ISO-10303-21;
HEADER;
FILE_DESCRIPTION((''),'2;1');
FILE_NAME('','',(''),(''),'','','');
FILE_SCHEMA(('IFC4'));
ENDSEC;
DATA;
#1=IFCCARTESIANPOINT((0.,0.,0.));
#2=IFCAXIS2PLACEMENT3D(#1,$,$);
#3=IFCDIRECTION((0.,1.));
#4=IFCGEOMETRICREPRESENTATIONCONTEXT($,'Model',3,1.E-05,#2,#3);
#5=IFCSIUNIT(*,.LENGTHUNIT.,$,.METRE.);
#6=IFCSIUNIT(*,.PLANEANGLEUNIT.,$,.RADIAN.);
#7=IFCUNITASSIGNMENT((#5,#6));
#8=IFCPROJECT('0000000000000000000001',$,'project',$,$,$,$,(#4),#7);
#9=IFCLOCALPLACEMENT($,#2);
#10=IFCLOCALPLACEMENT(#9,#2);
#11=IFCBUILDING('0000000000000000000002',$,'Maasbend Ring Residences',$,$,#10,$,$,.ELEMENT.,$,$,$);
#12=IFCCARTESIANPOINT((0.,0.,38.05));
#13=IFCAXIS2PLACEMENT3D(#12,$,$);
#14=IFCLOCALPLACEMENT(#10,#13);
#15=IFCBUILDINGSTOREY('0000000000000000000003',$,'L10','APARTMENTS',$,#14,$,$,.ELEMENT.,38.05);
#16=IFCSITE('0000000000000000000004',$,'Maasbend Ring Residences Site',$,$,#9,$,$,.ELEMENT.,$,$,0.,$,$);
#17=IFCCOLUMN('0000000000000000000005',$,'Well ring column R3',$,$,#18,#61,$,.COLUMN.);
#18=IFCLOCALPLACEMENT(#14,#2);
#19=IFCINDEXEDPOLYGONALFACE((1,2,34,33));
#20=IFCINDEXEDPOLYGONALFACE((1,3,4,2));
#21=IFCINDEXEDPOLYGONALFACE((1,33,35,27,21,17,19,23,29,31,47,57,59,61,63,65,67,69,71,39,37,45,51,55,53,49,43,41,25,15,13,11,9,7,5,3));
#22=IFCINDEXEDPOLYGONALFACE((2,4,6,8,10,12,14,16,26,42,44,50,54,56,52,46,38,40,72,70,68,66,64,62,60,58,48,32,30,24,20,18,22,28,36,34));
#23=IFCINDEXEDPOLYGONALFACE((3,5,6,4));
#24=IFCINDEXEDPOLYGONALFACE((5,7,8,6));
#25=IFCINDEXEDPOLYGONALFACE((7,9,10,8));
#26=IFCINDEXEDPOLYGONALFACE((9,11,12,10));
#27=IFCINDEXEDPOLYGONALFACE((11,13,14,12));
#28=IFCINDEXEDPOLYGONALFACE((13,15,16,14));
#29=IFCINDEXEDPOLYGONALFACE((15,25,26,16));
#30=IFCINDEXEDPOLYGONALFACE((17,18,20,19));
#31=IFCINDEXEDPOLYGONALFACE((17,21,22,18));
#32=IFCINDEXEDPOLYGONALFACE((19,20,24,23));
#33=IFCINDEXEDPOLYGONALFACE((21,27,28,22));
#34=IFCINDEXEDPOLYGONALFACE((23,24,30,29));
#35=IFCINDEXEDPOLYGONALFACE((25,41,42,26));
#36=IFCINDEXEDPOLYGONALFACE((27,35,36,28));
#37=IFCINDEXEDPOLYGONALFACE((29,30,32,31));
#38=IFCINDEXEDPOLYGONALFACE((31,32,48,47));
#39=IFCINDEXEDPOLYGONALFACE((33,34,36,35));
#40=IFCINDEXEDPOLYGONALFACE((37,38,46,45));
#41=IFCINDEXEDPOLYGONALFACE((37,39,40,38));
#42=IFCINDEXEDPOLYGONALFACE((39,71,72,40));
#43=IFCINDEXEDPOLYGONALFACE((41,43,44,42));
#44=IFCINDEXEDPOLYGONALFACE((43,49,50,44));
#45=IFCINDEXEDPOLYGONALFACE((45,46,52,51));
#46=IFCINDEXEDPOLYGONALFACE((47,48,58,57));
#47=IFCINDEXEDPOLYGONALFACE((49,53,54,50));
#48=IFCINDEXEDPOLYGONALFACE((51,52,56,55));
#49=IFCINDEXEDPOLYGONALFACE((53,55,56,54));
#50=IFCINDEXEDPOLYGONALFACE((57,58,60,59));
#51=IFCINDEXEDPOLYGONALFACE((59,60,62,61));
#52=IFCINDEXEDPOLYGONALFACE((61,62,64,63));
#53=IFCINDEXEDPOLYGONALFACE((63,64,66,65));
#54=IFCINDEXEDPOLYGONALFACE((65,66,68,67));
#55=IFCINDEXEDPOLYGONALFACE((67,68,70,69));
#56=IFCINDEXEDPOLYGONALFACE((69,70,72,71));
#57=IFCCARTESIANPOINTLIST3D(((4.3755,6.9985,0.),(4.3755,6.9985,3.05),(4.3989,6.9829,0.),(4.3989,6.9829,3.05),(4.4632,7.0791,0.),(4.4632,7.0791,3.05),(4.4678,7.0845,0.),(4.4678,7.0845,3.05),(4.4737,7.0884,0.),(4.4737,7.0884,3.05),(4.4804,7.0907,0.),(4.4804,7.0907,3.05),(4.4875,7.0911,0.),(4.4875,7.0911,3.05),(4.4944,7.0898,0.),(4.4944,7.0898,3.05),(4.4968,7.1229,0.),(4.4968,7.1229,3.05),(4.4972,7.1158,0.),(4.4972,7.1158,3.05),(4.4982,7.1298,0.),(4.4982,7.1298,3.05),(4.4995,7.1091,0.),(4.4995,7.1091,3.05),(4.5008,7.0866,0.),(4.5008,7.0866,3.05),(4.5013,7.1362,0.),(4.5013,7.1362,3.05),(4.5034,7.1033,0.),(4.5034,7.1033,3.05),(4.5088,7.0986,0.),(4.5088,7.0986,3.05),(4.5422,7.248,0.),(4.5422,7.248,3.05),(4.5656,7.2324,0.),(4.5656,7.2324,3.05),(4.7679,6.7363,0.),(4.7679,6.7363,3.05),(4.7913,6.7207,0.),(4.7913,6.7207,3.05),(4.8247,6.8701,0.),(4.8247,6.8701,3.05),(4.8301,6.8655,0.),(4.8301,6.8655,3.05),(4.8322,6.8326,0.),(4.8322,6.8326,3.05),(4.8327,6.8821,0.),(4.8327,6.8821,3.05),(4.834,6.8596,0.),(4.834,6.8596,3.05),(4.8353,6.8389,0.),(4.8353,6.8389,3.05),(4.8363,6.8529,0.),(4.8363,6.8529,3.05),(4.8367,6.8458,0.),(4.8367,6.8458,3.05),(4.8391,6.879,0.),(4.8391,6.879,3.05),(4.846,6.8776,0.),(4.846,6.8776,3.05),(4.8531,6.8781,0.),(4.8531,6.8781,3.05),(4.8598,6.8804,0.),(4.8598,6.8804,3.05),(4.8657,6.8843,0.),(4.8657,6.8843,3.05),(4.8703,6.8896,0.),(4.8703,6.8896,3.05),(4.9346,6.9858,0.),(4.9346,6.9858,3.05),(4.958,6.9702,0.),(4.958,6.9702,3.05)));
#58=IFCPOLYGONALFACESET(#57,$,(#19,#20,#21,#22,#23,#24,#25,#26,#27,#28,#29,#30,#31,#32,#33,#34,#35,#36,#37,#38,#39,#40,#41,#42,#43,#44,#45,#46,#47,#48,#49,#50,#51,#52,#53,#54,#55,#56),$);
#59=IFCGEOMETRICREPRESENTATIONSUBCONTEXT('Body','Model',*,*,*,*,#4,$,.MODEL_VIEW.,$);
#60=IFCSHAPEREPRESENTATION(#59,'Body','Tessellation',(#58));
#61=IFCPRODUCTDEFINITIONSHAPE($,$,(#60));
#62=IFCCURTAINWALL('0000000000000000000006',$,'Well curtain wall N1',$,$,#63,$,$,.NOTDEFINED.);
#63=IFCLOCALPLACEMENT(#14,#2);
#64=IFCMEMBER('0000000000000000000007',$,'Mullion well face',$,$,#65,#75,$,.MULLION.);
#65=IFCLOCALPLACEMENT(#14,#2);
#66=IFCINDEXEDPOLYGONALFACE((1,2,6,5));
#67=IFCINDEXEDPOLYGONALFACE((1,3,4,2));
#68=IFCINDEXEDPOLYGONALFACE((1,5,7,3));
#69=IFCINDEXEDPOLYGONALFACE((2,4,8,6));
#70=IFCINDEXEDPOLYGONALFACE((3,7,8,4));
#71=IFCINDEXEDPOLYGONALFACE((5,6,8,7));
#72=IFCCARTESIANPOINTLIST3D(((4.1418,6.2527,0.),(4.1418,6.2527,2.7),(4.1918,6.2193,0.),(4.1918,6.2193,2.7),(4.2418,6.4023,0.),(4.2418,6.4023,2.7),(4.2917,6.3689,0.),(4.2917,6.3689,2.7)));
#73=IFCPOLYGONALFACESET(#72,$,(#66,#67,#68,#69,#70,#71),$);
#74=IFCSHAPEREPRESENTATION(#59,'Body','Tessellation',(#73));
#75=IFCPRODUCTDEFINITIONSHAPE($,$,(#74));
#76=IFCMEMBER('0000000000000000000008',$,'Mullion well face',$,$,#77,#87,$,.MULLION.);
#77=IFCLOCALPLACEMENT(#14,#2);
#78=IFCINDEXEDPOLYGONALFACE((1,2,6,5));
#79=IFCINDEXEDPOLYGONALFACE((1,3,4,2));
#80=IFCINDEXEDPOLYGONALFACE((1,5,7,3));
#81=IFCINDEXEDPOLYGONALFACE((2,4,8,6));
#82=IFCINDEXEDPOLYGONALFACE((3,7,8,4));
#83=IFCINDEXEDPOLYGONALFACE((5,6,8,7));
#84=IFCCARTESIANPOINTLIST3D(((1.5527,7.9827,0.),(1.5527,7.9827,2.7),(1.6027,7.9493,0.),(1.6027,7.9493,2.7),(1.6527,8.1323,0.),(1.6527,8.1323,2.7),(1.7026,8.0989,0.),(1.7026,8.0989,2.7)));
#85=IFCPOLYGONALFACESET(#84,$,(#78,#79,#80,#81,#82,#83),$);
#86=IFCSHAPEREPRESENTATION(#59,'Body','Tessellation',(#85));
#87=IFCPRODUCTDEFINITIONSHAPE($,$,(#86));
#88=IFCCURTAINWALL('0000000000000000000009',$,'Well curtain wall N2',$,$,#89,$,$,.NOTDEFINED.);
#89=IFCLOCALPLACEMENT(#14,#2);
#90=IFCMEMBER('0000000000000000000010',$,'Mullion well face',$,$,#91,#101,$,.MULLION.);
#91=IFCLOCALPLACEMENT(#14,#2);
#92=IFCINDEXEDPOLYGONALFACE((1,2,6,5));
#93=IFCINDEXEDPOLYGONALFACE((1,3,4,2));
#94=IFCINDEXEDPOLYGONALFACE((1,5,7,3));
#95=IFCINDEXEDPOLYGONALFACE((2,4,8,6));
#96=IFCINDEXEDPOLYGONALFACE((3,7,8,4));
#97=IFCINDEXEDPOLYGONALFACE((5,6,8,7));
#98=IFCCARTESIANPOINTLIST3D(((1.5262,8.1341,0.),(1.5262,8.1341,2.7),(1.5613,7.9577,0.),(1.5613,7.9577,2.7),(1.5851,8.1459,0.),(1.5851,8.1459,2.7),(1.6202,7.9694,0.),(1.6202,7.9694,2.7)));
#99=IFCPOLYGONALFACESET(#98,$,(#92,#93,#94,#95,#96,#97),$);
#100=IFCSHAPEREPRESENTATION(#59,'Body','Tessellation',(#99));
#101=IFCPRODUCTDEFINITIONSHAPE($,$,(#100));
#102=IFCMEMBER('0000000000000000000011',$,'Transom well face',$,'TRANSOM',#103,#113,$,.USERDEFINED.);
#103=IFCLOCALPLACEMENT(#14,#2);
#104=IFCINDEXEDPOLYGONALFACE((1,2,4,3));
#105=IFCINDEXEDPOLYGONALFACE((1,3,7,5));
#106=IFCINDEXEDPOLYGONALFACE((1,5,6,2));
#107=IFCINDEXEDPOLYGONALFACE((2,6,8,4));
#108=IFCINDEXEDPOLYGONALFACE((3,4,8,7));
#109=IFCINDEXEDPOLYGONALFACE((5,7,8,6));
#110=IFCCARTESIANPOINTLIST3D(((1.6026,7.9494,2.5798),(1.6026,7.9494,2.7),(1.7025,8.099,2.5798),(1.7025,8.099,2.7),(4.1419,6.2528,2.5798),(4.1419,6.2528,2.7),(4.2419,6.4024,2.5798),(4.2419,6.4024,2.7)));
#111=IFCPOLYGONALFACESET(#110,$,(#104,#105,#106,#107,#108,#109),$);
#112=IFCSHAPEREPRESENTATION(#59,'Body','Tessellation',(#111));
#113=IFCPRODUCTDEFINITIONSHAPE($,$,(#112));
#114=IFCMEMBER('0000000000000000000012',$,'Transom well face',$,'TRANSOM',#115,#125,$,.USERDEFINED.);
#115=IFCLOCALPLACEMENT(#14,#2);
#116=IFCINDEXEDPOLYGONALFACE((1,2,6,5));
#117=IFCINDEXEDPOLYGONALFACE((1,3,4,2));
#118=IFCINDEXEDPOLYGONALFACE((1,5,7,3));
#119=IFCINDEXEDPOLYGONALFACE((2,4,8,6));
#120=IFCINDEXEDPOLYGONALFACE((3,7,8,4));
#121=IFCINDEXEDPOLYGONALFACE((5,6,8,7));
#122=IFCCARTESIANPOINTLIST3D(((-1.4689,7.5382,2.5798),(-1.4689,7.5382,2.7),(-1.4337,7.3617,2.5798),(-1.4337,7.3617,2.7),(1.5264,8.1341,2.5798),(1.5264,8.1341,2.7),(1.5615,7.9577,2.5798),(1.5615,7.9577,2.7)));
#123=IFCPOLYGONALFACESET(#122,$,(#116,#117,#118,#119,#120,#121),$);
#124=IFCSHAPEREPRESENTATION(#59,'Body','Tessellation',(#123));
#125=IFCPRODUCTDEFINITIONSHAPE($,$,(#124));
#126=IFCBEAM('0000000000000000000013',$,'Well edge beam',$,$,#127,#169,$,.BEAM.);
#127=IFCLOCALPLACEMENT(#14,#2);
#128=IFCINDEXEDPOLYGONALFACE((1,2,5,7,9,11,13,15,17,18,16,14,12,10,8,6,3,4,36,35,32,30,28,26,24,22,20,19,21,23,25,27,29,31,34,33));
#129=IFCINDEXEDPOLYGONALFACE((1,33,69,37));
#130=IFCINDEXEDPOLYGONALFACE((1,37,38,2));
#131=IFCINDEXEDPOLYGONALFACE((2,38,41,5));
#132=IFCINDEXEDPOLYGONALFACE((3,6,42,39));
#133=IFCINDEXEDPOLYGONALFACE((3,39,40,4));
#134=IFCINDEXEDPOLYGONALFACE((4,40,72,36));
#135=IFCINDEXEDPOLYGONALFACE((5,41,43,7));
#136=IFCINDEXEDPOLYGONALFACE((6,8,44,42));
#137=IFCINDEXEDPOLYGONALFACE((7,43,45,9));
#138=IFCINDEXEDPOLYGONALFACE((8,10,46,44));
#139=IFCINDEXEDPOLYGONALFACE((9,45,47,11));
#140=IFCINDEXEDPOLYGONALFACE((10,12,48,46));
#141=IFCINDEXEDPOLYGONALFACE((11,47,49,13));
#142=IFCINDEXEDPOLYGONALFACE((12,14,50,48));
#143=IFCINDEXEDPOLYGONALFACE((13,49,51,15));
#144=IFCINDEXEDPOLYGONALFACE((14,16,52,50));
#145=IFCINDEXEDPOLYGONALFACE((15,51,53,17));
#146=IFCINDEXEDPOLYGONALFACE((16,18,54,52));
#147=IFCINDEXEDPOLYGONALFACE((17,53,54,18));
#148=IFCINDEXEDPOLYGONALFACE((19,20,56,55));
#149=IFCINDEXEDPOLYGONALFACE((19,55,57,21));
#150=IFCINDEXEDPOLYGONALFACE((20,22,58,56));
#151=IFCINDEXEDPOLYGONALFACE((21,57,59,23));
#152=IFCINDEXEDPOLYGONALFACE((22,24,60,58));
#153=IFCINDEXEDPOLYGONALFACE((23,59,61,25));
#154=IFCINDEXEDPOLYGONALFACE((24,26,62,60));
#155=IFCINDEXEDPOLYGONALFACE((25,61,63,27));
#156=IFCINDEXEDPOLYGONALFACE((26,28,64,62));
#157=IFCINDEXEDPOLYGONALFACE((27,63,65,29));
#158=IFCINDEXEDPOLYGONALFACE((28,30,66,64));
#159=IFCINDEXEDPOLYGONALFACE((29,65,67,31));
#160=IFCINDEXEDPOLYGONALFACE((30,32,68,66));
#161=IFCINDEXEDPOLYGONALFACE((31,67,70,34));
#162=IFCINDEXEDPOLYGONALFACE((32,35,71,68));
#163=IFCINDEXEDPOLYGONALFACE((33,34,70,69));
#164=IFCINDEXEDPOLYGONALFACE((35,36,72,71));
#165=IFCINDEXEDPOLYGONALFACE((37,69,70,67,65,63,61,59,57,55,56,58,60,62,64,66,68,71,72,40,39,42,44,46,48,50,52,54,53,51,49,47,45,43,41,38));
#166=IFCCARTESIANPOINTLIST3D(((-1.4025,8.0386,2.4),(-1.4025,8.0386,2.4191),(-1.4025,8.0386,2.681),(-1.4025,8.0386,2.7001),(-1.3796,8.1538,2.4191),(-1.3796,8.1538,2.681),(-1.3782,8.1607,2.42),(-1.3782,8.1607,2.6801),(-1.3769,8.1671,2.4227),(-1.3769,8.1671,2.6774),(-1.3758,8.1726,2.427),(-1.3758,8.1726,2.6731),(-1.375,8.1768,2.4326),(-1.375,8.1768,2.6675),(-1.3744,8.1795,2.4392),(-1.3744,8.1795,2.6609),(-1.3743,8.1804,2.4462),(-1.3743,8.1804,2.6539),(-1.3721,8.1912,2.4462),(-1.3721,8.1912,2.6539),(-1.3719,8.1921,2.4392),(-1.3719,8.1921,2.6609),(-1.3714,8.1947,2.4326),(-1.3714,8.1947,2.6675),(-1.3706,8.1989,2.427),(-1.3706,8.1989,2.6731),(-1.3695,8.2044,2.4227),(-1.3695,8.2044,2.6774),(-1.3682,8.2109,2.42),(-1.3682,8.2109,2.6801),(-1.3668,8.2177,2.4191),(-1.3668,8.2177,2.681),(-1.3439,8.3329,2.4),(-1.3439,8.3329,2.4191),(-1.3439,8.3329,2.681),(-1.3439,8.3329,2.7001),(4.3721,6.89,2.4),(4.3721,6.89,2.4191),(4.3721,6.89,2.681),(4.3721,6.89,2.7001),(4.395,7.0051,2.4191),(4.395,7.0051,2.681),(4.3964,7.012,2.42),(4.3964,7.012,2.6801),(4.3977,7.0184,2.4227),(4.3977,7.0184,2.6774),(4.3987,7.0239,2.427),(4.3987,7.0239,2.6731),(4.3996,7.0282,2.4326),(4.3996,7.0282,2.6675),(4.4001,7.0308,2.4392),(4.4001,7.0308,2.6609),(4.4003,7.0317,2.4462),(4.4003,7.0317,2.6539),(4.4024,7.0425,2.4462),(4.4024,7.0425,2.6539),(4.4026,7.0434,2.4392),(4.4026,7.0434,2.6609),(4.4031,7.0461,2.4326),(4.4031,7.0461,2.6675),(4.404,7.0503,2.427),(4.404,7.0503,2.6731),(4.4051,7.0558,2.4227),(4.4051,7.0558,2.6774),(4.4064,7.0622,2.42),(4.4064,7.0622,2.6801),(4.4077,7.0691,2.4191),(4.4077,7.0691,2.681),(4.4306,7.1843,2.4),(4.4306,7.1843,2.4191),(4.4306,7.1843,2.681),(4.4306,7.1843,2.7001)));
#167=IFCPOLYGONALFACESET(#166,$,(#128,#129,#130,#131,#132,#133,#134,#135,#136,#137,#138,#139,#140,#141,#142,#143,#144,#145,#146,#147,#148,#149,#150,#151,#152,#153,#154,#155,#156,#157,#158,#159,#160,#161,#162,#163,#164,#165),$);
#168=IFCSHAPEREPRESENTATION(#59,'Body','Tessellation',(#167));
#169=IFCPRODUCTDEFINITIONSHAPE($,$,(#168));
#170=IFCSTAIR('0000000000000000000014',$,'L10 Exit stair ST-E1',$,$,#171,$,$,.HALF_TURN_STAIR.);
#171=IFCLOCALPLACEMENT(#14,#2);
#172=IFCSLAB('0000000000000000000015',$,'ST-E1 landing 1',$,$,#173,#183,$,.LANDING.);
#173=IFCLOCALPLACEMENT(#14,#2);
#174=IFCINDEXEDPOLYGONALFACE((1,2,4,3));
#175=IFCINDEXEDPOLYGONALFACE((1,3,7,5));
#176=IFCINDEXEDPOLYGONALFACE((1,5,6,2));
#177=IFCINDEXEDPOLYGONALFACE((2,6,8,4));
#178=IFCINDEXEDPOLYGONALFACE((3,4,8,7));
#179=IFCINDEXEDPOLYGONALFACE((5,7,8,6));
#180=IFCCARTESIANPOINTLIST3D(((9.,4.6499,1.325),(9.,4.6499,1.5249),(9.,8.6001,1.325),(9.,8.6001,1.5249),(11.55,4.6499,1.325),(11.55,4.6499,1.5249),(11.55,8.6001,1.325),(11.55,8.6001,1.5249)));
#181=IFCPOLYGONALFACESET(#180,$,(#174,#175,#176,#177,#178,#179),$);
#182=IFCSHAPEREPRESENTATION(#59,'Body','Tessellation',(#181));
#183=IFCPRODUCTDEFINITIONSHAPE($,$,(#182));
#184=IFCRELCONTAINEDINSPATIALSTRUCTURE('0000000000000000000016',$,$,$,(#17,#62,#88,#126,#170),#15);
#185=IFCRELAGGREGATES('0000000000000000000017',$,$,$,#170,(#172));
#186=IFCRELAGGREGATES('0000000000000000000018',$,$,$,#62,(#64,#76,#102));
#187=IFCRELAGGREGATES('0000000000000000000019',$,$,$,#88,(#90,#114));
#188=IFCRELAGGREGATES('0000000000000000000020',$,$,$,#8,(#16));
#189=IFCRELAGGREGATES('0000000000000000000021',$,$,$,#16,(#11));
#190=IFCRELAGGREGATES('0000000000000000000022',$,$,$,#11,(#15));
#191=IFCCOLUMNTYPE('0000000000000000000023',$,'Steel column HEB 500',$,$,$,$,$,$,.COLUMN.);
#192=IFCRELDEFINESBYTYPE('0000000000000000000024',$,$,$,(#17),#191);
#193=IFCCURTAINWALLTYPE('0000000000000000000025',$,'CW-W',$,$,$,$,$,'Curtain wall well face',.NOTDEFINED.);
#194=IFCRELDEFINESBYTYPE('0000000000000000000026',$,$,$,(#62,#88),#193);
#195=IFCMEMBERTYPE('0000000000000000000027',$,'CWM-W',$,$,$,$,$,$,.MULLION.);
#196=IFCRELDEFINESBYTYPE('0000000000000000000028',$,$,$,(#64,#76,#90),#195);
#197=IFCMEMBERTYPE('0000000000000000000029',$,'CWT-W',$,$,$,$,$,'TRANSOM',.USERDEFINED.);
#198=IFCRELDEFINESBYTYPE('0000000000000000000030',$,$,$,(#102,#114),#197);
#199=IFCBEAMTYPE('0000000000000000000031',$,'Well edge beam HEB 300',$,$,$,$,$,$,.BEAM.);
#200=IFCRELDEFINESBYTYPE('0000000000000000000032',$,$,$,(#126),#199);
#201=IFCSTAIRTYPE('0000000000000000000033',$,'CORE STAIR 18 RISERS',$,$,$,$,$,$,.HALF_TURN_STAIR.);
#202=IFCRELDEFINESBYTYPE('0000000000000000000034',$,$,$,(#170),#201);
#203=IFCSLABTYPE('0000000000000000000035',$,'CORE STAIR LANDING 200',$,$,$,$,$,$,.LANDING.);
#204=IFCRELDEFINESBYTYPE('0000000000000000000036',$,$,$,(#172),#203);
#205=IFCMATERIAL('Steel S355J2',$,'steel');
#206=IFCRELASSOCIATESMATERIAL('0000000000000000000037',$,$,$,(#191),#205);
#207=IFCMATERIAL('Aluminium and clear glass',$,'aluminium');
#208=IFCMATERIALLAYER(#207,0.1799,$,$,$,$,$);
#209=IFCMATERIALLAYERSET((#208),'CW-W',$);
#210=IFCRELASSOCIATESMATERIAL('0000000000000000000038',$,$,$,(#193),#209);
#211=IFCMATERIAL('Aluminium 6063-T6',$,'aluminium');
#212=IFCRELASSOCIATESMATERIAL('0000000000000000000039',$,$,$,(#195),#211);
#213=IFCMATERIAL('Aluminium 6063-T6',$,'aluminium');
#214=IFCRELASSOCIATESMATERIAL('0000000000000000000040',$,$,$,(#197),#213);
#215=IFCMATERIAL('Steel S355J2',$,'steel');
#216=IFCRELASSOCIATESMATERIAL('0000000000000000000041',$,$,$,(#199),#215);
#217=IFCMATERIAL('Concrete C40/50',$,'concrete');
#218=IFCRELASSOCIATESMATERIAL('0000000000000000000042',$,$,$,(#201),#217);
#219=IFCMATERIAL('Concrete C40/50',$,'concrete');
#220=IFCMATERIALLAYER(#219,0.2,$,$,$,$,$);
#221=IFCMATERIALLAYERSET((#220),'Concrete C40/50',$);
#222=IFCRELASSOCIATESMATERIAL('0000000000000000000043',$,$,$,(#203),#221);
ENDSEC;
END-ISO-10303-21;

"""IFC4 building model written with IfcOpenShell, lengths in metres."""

from ifc_helpers import new_model, si_unit, direction, frame, origin, origin_2d, place, context, subcontext, project, spatial, polyline, rectangle, i_section, outline, extrude, material, layer, layer_set, material_profile, profile_set, type_object, element, aggregate, save


model = new_model("IFC4")

# Units and contexts
model_context = context("Model", 3, precision=1e-05, world=origin(), true_north=direction((0.0, 1.0)))
body_context = subcontext(model_context, "Body", "Model", "MODEL_VIEW")
ifc_project = project(units=[si_unit("LENGTHUNIT", "METRE"), si_unit("PLANEANGLEUNIT", "RADIAN")], contexts=[model_context])

# Site, building, storey
site_placement = place(None, origin())
site = spatial("IfcSite", under=ifc_project, at=site_placement, Name="Maasbend Ring Residences Site", CompositionType="ELEMENT", RefElevation=0.0)
building_placement = place(site_placement, origin())
building = spatial("IfcBuilding", under=site, at=building_placement, Name="Maasbend Ring Residences", CompositionType="ELEMENT")
storey_placement = place(building_placement, frame((0.0, 0.0, 38.05)))
storey = spatial("IfcBuildingStorey", under=building, at=storey_placement, Name="L10", Description="APARTMENTS", CompositionType="ELEMENT", Elevation=38.05)

# Column
ifc_material_1 = material(Name="Steel S355J2", Category="steel")
ifc_material_profile_1 = material_profile(ifc_material_1, i_section(OverallWidth=0.3, OverallDepth=0.5, WebThickness=0.0144, FlangeThickness=0.0281, FilletRadius=0.0271, at=origin_2d()), Name="HEB 500")
ifc_profile_set_1 = profile_set([ifc_material_profile_1], Name="Steel S355J2")
column_type = type_object("IfcColumnType", Name="Steel column HEB 500", PredefinedType="COLUMN", material=ifc_profile_set_1)
column_placement = place(storey_placement, frame((4.6667, 6.9844, 0.0), z_axis=(0.0, 0.0, 1.0), x_axis=(0.55557, 0.83147, 0.0)))
element("IfcColumn", 1, at=column_placement, inside=storey, type_object=column_type, Name="Well ring column R3", PredefinedType="COLUMN", context=body_context, shape_type="SweptSolid", body=[
    extrude(i_section(OverallWidth=0.3, OverallDepth=0.5, WebThickness=0.0144, FlangeThickness=0.0281, FilletRadius=0.0271, at=origin_2d()), origin(), (0.0, 0.0, 1.0), 3.05),
])

# Curtain wall, members
ifc_material_2 = material(Name="Aluminium and clear glass", Category="aluminium")
ifc_layer_1 = layer(ifc_material_2, 0.1799)
ifc_layer_set_1 = layer_set([ifc_layer_1], Name="CW-W")
curtain_wall_type = type_object("IfcCurtainWallType", Name="CW-W", ElementType="Curtain wall well face", PredefinedType="NOTDEFINED", material=ifc_layer_set_1)
curtain_wall_1_placement = place(storey_placement, origin())
curtain_wall_1 = element("IfcCurtainWall", 2, at=curtain_wall_1_placement, inside=storey, type_object=curtain_wall_type, Name="Well curtain wall N1", PredefinedType="NOTDEFINED")
ifc_material_3 = material(Name="Aluminium 6063-T6", Category="aluminium")
ifc_material_profile_2 = material_profile(ifc_material_3, rectangle(XDim=0.1799, YDim=0.0601, at=origin_2d()), Name="AL 180x60")
ifc_profile_set_2 = profile_set([ifc_material_profile_2], Name="Aluminium 6063-T6")
member_type_1 = type_object("IfcMemberType", Name="CWM-W", PredefinedType="MULLION", material=ifc_profile_set_2)
member_1_placement = place(storey_placement, frame((4.2168, 6.3108, 0.0), z_axis=(0.0, 0.0, 1.0), x_axis=(-0.55557, -0.83147, 0.0)))
member_1 = element("IfcMember", 3, at=member_1_placement, type_object=member_type_1, Name="Mullion well face", PredefinedType="MULLION", context=body_context, shape_type="SweptSolid", body=[
    extrude(rectangle(XDim=0.1799, YDim=0.0601, at=origin_2d()), origin(), (0.0, 0.0, 1.0), 2.7),
])
member_2_placement = place(storey_placement, frame((1.6277, 8.0408, 0.0), z_axis=(0.0, 0.0, 1.0), x_axis=(-0.55557, -0.83147, 0.0)))
member_2 = element("IfcMember", 4, at=member_2_placement, type_object=member_type_1, Name="Mullion well face", PredefinedType="MULLION", context=body_context, shape_type="SweptSolid", body=[
    extrude(rectangle(XDim=0.1799, YDim=0.0601, at=origin_2d()), origin(), (0.0, 0.0, 1.0), 2.7),
])

# Curtain wall, member
curtain_wall_2_placement = place(storey_placement, origin())
curtain_wall_2 = element("IfcCurtainWall", 5, at=curtain_wall_2_placement, inside=storey, type_object=curtain_wall_type, Name="Well curtain wall N2", PredefinedType="NOTDEFINED")
member_3_placement = place(storey_placement, frame((1.5732, 8.0518, 0.0), z_axis=(0.0, 0.0, 1.0), x_axis=(0.19509, -0.980785, 0.0)))
member_3 = element("IfcMember", 6, at=member_3_placement, type_object=member_type_1, Name="Mullion well face", PredefinedType="MULLION", context=body_context, shape_type="SweptSolid", body=[
    extrude(rectangle(XDim=0.1799, YDim=0.0601, at=origin_2d()), origin(), (0.0, 0.0, 1.0), 2.7),
])

# Members
ifc_material_4 = material(Name="Aluminium 6063-T6", Category="aluminium")
ifc_material_profile_3 = material_profile(ifc_material_4, rectangle(XDim=0.1799, YDim=0.1201, at=origin_2d()), Name="AL 180x120")
ifc_profile_set_3 = profile_set([ifc_material_profile_3], Name="Aluminium 6063-T6")
member_type_2 = type_object("IfcMemberType", Name="CWT-W", ElementType="TRANSOM", PredefinedType="USERDEFINED", material=ifc_profile_set_3)
member_4_placement = place(storey_placement, frame((4.1919, 6.3276, 2.6399), z_axis=(-0.831496, 0.55553, 0.0), x_axis=(-0.55553, -0.831496, 0.0)))
member_4 = element("IfcMember", 7, at=member_4_placement, type_object=member_type_2, Name="Transom well face", ObjectType="TRANSOM", PredefinedType="USERDEFINED", context=body_context, shape_type="SweptSolid", body=[
    extrude(rectangle(XDim=0.1799, YDim=0.1201, at=origin_2d()), origin(), (0.0, 0.0, 1.0), 3.054),
])
member_5_placement = place(storey_placement, frame((1.5439, 8.0459, 2.6399), z_axis=(-0.980777, -0.195132, 0.0), x_axis=(0.195132, -0.980777, 0.0)))
member_5 = element("IfcMember", 8, at=member_5_placement, type_object=member_type_2, Name="Transom well face", ObjectType="TRANSOM", PredefinedType="USERDEFINED", context=body_context, shape_type="SweptSolid", body=[
    extrude(rectangle(XDim=0.1799, YDim=0.1201, at=origin_2d()), origin(), (0.0, 0.0, 1.0), 3.054),
])

# Beam
ifc_material_5 = material(Name="Steel S355J2", Category="steel")
ifc_material_profile_4 = material_profile(ifc_material_5, i_section(OverallWidth=0.3, OverallDepth=0.3, WebThickness=0.011, FlangeThickness=0.019, FilletRadius=0.0271, at=origin_2d()), Name="HEB 300")
ifc_profile_set_4 = profile_set([ifc_material_profile_4], Name="Steel S355J2")
beam_type = type_object("IfcBeamType", Name="Well edge beam HEB 300", PredefinedType="BEAM", material=ifc_profile_set_4)
beam_placement = place(storey_placement, frame((4.4014, 7.0371, 2.55), z_axis=(-0.980784, 0.195095, 0.0), x_axis=(-0.195095, -0.980784, 0.0)))
element("IfcBeam", 9, at=beam_placement, inside=storey, type_object=beam_type, Name="Well edge beam", PredefinedType="BEAM", context=body_context, shape_type="SweptSolid", body=[
    extrude(i_section(OverallWidth=0.3, OverallDepth=0.3, WebThickness=0.011, FlangeThickness=0.019, FilletRadius=0.0271, at=origin_2d()), origin(), (0.0, 0.0, 1.0), 5.8877),
])

# Stair, slab
ifc_material_6 = material(Name="Concrete C40/50", Category="concrete")
stair_type = type_object("IfcStairType", Name="CORE STAIR 18 RISERS", PredefinedType="HALF_TURN_STAIR", material=ifc_material_6)
stair_1_placement = place(storey_placement, origin())
stair_1 = element("IfcStair", 10, at=stair_1_placement, inside=storey, type_object=stair_type, Name="L10 Exit stair ST-E1", PredefinedType="HALF_TURN_STAIR")
ifc_material_7 = material(Name="Concrete C40/50", Category="concrete")
ifc_layer_2 = layer(ifc_material_7, 0.2)
ifc_layer_set_2 = layer_set([ifc_layer_2], Name="Concrete C40/50")
slab_type = type_object("IfcSlabType", Name="CORE STAIR LANDING 200", PredefinedType="LANDING", material=ifc_layer_set_2)
slab_1_placement = place(storey_placement, frame((0.0, 0.0, 1.325)))
slab_1 = element("IfcSlab", 11, at=slab_1_placement, type_object=slab_type, Name="ST-E1 landing 1", PredefinedType="LANDING", context=body_context, shape_type="SweptSolid", body=[
    extrude(outline(polyline([(11.55, 8.6001), (9.0, 8.6001), (9.0, 4.6499), (11.55, 4.6499), (11.55, 8.6001)])), origin(), (0.0, 0.0, 1.0), 0.2),
])
aggregate(stair_1, [slab_1])

aggregate(curtain_wall_1, [member_1, member_2, member_4])
aggregate(curtain_wall_2, [member_3, member_5])

save(model, "model.ifc")
